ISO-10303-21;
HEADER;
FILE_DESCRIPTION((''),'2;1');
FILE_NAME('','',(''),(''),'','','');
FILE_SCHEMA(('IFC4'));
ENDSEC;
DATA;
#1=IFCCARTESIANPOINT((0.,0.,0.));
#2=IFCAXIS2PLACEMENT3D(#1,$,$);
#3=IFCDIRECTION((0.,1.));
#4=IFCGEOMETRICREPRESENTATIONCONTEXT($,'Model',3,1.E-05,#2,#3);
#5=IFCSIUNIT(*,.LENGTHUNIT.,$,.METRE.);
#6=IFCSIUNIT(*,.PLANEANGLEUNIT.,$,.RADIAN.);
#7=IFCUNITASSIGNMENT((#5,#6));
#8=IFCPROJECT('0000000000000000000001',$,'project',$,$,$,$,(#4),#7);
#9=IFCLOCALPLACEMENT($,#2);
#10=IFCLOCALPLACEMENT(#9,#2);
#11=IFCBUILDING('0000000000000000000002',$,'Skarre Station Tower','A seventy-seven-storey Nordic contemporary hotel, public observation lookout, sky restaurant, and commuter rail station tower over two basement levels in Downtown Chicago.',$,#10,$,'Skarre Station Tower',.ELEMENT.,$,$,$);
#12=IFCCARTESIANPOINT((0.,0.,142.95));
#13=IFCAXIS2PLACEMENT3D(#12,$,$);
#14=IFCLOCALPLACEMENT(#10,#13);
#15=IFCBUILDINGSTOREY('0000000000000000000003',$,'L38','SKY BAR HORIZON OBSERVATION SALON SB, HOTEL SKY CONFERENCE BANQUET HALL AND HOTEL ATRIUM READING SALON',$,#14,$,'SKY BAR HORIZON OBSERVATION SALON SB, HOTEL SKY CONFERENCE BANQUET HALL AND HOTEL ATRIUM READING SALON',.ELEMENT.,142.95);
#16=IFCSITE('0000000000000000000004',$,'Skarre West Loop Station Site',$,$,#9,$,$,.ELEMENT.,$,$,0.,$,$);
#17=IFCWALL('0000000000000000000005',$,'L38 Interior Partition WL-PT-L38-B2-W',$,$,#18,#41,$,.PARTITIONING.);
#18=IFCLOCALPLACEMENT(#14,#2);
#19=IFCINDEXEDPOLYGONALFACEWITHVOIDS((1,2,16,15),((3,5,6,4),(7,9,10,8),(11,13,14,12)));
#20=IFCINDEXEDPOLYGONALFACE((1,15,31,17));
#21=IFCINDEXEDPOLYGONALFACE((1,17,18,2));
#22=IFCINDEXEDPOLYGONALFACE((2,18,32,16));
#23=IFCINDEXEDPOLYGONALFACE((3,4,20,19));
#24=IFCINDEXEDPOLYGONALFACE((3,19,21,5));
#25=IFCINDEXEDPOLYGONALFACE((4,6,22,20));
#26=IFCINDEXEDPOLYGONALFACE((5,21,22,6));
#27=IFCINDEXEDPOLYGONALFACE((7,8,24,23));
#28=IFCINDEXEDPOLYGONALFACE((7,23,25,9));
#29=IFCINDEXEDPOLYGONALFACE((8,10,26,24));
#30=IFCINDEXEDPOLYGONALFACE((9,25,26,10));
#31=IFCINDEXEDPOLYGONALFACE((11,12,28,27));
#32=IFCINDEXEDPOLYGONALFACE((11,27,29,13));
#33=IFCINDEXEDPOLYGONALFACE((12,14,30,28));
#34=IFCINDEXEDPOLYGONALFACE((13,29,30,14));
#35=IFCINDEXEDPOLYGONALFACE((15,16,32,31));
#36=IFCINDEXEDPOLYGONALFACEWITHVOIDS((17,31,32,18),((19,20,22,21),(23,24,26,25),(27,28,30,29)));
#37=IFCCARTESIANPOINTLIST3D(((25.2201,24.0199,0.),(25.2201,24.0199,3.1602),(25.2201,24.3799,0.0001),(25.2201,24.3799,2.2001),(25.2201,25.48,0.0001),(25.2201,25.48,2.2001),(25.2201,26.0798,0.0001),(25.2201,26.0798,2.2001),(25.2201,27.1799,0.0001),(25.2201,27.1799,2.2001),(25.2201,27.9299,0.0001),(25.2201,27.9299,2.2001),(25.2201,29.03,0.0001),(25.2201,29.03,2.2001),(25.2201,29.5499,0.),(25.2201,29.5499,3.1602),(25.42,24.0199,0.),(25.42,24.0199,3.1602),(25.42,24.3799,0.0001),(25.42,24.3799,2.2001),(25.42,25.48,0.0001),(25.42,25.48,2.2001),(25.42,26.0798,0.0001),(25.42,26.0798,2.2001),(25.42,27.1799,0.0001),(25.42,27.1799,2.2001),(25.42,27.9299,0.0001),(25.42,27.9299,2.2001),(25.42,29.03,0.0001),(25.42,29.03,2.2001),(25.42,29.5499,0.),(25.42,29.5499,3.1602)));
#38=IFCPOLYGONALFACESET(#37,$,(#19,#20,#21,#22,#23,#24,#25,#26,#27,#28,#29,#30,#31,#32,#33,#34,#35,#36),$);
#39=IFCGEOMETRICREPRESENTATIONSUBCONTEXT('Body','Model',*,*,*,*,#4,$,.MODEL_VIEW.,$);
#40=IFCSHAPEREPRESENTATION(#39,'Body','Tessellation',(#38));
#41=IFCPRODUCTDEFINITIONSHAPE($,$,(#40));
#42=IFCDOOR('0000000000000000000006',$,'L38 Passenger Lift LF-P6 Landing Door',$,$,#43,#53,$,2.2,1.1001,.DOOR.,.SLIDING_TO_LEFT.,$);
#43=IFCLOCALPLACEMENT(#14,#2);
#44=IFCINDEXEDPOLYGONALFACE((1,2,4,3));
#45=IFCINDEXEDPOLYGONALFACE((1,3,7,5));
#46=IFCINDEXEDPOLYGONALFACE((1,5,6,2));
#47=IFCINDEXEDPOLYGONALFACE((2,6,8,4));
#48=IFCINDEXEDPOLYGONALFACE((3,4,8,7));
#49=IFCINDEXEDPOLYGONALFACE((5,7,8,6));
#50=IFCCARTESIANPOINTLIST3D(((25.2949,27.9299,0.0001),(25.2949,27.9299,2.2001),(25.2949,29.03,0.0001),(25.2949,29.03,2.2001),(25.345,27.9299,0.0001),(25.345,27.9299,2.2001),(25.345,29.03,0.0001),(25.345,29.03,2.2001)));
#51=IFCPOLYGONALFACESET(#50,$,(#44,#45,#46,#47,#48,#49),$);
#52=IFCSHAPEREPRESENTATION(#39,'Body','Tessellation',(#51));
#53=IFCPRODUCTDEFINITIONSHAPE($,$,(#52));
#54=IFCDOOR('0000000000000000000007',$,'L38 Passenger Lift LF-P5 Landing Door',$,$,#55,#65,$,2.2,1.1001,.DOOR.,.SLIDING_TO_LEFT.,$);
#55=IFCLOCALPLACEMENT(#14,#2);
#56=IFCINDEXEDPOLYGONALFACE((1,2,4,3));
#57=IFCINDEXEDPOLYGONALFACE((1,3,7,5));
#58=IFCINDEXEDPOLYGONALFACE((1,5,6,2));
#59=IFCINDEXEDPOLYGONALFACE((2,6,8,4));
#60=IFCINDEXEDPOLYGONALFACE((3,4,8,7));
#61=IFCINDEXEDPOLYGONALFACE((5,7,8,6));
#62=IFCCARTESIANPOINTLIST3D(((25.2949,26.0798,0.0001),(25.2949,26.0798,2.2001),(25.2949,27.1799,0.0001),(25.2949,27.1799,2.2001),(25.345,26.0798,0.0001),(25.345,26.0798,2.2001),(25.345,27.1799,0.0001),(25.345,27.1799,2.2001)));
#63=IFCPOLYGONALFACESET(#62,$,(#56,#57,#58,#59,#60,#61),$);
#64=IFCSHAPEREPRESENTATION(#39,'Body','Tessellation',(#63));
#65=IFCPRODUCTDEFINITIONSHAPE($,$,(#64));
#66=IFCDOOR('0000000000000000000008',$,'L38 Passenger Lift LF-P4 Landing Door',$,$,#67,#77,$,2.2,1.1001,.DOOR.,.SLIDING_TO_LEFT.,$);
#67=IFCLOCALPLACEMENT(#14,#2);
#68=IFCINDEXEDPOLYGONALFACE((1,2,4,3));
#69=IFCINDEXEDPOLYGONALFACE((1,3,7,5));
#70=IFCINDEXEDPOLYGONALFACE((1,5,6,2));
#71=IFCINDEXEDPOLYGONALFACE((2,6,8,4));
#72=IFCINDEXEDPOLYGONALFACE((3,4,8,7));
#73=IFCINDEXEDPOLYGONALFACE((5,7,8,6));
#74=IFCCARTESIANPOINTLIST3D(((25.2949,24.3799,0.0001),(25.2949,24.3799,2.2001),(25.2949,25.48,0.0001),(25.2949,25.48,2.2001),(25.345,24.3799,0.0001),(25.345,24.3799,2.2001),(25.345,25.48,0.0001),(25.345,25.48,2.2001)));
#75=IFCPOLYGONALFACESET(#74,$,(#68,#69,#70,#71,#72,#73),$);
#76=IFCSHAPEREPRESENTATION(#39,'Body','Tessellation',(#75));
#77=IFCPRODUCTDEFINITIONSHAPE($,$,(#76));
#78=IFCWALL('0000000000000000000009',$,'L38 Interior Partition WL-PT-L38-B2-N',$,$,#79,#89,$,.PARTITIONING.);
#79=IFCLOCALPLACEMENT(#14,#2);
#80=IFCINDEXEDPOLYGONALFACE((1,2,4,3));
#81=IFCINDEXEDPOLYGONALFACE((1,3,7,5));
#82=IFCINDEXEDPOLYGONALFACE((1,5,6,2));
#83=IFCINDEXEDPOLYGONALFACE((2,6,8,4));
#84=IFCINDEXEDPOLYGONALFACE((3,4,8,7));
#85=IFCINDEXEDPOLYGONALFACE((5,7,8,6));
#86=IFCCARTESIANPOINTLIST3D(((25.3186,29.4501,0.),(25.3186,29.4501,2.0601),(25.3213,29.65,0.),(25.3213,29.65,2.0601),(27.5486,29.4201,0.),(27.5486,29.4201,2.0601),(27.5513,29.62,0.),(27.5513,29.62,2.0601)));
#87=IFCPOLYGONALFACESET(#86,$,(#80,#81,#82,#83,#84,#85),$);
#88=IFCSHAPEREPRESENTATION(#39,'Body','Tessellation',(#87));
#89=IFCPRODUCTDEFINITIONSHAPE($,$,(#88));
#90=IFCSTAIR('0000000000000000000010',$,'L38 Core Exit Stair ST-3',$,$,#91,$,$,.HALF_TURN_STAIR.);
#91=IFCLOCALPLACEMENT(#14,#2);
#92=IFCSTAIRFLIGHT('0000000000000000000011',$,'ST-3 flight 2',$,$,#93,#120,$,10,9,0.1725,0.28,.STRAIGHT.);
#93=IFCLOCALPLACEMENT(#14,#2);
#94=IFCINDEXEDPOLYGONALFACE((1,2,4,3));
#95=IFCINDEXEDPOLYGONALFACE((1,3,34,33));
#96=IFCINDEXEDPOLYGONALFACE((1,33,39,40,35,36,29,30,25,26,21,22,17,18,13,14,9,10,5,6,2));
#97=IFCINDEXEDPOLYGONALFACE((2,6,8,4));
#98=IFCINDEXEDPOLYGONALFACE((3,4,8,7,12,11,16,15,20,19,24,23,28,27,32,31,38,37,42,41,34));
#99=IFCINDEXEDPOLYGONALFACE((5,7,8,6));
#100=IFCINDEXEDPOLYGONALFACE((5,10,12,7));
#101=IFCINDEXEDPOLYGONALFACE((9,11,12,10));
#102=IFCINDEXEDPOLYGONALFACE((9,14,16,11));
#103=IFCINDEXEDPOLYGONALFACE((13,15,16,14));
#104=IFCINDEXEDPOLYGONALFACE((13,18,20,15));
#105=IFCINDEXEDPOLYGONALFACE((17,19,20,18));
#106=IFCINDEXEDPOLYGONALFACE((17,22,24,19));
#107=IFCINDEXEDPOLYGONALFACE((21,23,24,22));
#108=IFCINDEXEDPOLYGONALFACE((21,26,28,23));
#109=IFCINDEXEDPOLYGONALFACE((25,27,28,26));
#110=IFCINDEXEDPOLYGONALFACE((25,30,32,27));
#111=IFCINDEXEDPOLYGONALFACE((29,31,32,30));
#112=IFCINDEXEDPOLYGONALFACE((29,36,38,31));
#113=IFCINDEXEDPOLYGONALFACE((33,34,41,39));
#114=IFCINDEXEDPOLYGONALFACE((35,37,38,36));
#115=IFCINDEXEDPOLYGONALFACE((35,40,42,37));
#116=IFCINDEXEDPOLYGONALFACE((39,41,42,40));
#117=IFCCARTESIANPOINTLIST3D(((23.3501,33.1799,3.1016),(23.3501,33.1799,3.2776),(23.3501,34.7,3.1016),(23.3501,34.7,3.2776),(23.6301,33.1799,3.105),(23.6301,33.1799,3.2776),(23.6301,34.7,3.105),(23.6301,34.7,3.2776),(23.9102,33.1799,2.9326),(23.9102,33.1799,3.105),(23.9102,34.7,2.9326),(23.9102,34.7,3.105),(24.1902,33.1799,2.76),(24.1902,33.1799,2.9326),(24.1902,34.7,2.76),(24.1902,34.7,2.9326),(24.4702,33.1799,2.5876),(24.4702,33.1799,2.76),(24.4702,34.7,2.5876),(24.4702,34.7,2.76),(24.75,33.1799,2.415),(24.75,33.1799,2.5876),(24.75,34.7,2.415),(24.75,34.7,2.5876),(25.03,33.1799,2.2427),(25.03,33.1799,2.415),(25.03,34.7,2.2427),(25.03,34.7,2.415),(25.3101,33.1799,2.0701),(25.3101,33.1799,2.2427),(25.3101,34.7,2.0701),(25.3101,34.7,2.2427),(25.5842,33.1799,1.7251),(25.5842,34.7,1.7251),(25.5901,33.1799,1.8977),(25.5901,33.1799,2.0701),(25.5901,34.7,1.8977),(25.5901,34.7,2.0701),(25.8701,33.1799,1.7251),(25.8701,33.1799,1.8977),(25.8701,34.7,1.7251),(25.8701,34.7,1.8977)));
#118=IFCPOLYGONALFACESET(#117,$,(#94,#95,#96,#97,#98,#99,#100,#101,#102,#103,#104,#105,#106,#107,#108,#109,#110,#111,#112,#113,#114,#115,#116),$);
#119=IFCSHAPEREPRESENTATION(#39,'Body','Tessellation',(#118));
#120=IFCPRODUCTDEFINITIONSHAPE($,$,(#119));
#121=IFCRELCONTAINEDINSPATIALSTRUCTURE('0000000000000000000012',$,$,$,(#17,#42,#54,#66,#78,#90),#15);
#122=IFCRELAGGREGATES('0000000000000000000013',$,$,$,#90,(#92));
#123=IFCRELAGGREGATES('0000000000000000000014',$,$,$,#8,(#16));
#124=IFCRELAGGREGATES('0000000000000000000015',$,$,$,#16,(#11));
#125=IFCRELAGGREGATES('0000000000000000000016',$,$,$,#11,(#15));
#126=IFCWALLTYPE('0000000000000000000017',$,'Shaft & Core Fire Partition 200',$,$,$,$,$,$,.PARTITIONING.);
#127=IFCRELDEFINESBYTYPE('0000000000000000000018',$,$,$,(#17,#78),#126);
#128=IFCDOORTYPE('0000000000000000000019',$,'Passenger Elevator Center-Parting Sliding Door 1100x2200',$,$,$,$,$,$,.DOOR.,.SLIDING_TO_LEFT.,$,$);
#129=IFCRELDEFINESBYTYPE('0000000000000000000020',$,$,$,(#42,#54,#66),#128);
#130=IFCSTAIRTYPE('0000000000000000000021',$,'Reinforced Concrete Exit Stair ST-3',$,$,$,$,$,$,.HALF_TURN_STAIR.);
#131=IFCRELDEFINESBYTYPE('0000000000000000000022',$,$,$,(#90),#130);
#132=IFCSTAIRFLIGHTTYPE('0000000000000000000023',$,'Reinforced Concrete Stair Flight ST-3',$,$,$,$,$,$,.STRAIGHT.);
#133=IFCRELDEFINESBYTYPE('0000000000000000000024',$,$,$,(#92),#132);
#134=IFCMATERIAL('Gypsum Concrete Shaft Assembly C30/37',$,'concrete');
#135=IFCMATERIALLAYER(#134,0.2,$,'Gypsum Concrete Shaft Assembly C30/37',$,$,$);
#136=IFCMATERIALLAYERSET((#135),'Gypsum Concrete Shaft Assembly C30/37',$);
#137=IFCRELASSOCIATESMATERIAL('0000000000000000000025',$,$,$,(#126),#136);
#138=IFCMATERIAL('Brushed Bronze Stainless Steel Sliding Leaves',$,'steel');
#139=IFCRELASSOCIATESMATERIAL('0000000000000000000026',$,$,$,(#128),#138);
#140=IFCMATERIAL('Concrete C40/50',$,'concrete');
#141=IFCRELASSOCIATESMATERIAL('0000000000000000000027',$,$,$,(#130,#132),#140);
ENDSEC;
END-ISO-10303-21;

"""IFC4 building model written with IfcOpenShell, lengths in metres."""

from ifc_helpers import new_model, si_unit, direction, frame, frame_2d, origin, place, context, subcontext, project, spatial, polyline, rectangle, outline, extrude, material, layer, layer_set, type_object, element, fill, aggregate, save


model = new_model("IFC4")

# Units and contexts
model_context = context("Model", 3, precision=1e-05, world=origin(), true_north=direction((0.0, 1.0)))
body_context = subcontext(model_context, "Body", "Model", "MODEL_VIEW")
ifc_project = project(units=[si_unit("LENGTHUNIT", "METRE"), si_unit("PLANEANGLEUNIT", "RADIAN")], contexts=[model_context])

# Site, building, storey
site_placement = place(None, origin())
site = spatial("IfcSite", under=ifc_project, at=site_placement, Name="Skarre West Loop Station Site", CompositionType="ELEMENT", RefElevation=0.0)
building_placement = place(site_placement, origin())
building = spatial("IfcBuilding", under=site, at=building_placement, Name="Skarre Station Tower", Description="A seventy-seven-storey Nordic contemporary hotel, public observation lookout, sky restaurant, and commuter rail station tower over two basement levels in Downtown Chicago.", LongName="Skarre Station Tower", CompositionType="ELEMENT")
storey_placement = place(building_placement, frame((0.0, 0.0, 142.95)))
storey = spatial("IfcBuildingStorey", under=building, at=storey_placement, Name="L38", Description="SKY BAR HORIZON OBSERVATION SALON SB, HOTEL SKY CONFERENCE BANQUET HALL AND HOTEL ATRIUM READING SALON", LongName="SKY BAR HORIZON OBSERVATION SALON SB, HOTEL SKY CONFERENCE BANQUET HALL AND HOTEL ATRIUM READING SALON", CompositionType="ELEMENT", Elevation=142.95)

# Shared definitions
ifc_material_1 = material(Name="Gypsum Concrete Shaft Assembly C30/37", Category="concrete")
ifc_layer_1 = layer(ifc_material_1, 0.2, Name="Gypsum Concrete Shaft Assembly C30/37")
ifc_layer_set_1 = layer_set([ifc_layer_1], Name="Gypsum Concrete Shaft Assembly C30/37")
wall_type_1 = type_object("IfcWallType", Name="Shaft & Core Fire Partition 200", PredefinedType="PARTITIONING", material=ifc_layer_set_1)

# Wall, openings, doors
wall_1_placement = place(storey_placement, frame((25.3201, 29.55, 0.0), z_axis=(0.0, 0.0, 1.0), x_axis=(0.0, -1.0, 0.0)))
wall_1 = element("IfcWall", 1, at=wall_1_placement, inside=storey, type_object=wall_type_1, Name="L38 Interior Partition WL-PT-L38-B2-W", PredefinedType="PARTITIONING", context=body_context, shape_type="SweptSolid", body=[
    extrude(rectangle(XDim=5.53, YDim=0.2, at=frame_2d((2.7651, 0.0))), origin(), (0.0, 0.0, 1.0), 3.1602),
])
opening_1_placement = place(wall_1_placement, frame((0.52, 0.0, 0.0)))
opening_1 = element("IfcOpeningElement", 2, at=opening_1_placement, cuts=wall_1, PredefinedType="OPENING", context=body_context, shape_type="SweptSolid", body=[
    extrude(rectangle(XDim=1.1001, YDim=2.2, at=frame_2d((0.55, 1.1001))), frame((0.0, 0.1099, 0.0), z_axis=(0.0, -1.0, 0.0), x_axis=(1.0, 0.0, 0.0)), (0.0, 0.0, 1.0), 0.22),
])
opening_2_placement = place(wall_1_placement, frame((2.3701, 0.0, 0.0)))
opening_2 = element("IfcOpeningElement", 3, at=opening_2_placement, cuts=wall_1, PredefinedType="OPENING", context=body_context, shape_type="SweptSolid", body=[
    extrude(rectangle(XDim=1.1001, YDim=2.2, at=frame_2d((0.55, 1.1001))), frame((0.0, 0.1099, 0.0), z_axis=(0.0, -1.0, 0.0), x_axis=(1.0, 0.0, 0.0)), (0.0, 0.0, 1.0), 0.22),
])
opening_3_placement = place(wall_1_placement, frame((4.0701, 0.0, 0.0)))
opening_3 = element("IfcOpeningElement", 4, at=opening_3_placement, cuts=wall_1, PredefinedType="OPENING", context=body_context, shape_type="SweptSolid", body=[
    extrude(rectangle(XDim=1.1001, YDim=2.2, at=frame_2d((0.55, 1.1001))), frame((0.0, 0.1099, 0.0), z_axis=(0.0, -1.0, 0.0), x_axis=(1.0, 0.0, 0.0)), (0.0, 0.0, 1.0), 0.22),
])
ifc_material_2 = material(Name="Brushed Bronze Stainless Steel Sliding Leaves", Category="steel")
door_type = type_object("IfcDoorType", Name="Passenger Elevator Center-Parting Sliding Door 1100x2200", OperationType="SLIDING_TO_LEFT", PredefinedType="DOOR", material=ifc_material_2)
door_1_placement = place(opening_1_placement, origin())
door_1 = element("IfcDoor", 5, at=door_1_placement, inside=storey, type_object=door_type, Name="L38 Passenger Lift LF-P6 Landing Door", OperationType="SLIDING_TO_LEFT", OverallHeight=2.2, OverallWidth=1.1001, PredefinedType="DOOR", context=body_context, shape_type="SweptSolid", body=[
    extrude(rectangle(XDim=1.1001, YDim=2.2, at=frame_2d((0.55, 1.1001))), frame((0.0, 0.0249, 0.0), z_axis=(0.0, -1.0, 0.0), x_axis=(1.0, 0.0, 0.0)), (0.0, 0.0, 1.0), 0.05),
])
fill(opening_1, door_1)
door_2_placement = place(opening_2_placement, origin())
door_2 = element("IfcDoor", 6, at=door_2_placement, inside=storey, type_object=door_type, Name="L38 Passenger Lift LF-P5 Landing Door", OperationType="SLIDING_TO_LEFT", OverallHeight=2.2, OverallWidth=1.1001, PredefinedType="DOOR", context=body_context, shape_type="SweptSolid", body=[
    extrude(rectangle(XDim=1.1001, YDim=2.2, at=frame_2d((0.55, 1.1001))), frame((0.0, 0.0249, 0.0), z_axis=(0.0, -1.0, 0.0), x_axis=(1.0, 0.0, 0.0)), (0.0, 0.0, 1.0), 0.05),
])
fill(opening_2, door_2)
door_3_placement = place(opening_3_placement, origin())
door_3 = element("IfcDoor", 7, at=door_3_placement, inside=storey, type_object=door_type, Name="L38 Passenger Lift LF-P4 Landing Door", OperationType="SLIDING_TO_LEFT", OverallHeight=2.2, OverallWidth=1.1001, PredefinedType="DOOR", context=body_context, shape_type="SweptSolid", body=[
    extrude(rectangle(XDim=1.1001, YDim=2.2, at=frame_2d((0.55, 1.1001))), frame((0.0, 0.0249, 0.0), z_axis=(0.0, -1.0, 0.0), x_axis=(1.0, 0.0, 0.0)), (0.0, 0.0, 1.0), 0.05),
])
fill(opening_3, door_3)

# Wall
wall_2_placement = place(storey_placement, frame((27.55, 29.52, 0.0), z_axis=(0.0, 0.0, 1.0), x_axis=(-0.999909, 0.013465, 0.0)))
element("IfcWall", 8, at=wall_2_placement, inside=storey, type_object=wall_type_1, Name="L38 Interior Partition WL-PT-L38-B2-N", PredefinedType="PARTITIONING", context=body_context, shape_type="SweptSolid", body=[
    extrude(rectangle(XDim=2.2302, YDim=0.2, at=frame_2d((1.1152, 0.0))), origin(), (0.0, 0.0, 1.0), 2.0601),
])

# Stair, stair flight
ifc_material_3 = material(Name="Concrete C40/50", Category="concrete")
stair_type = type_object("IfcStairType", Name="Reinforced Concrete Exit Stair ST-3", PredefinedType="HALF_TURN_STAIR", material=ifc_material_3)
stair_placement = place(storey_placement, origin())
stair = element("IfcStair", 9, at=stair_placement, inside=storey, type_object=stair_type, Name="L38 Core Exit Stair ST-3", PredefinedType="HALF_TURN_STAIR")
stair_flight_type = type_object("IfcStairFlightType", Name="Reinforced Concrete Stair Flight ST-3", PredefinedType="STRAIGHT", material=ifc_material_3)
stair_flight_placement = place(storey_placement, frame((25.8701, 33.9399, 1.7251), z_axis=(0.0, 0.0, 1.0), x_axis=(-1.0, 0.0, 0.0)))
stair_flight = element("IfcStairFlight", 10, at=stair_flight_placement, type_object=stair_flight_type, Name="ST-3 flight 2", NumberOfRisers=10, NumberOfTreads=9, PredefinedType="STRAIGHT", RiserHeight=0.1725, TreadLength=0.28, context=body_context, shape_type="SweptSolid", body=[
    extrude(outline(polyline([(0.0, 0.0), (0.0, 0.1726), (0.28, 0.1726), (0.28, 0.345), (0.5601, 0.345), (0.5601, 0.5176), (0.8401, 0.5176), (0.8401, 0.6899), (1.1201, 0.6899), (1.1201, 0.8625), (1.3999, 0.8625), (1.3999, 1.0349), (1.6799, 1.0349), (1.6799, 1.2075), (1.96, 1.2075), (1.96, 1.3799), (2.24, 1.3799), (2.24, 1.5525), (2.52, 1.5525), (2.52, 1.7251), (2.52, 1.3765), (0.2859, 0.0), (0.0, 0.0)])), frame((0.0, 0.76, 0.0), z_axis=(0.0, -1.0, 0.0), x_axis=(1.0, 0.0, 0.0)), (0.0, 0.0, 1.0), 1.52),
])
aggregate(stair, [stair_flight])

save(model, "model.ifc")
